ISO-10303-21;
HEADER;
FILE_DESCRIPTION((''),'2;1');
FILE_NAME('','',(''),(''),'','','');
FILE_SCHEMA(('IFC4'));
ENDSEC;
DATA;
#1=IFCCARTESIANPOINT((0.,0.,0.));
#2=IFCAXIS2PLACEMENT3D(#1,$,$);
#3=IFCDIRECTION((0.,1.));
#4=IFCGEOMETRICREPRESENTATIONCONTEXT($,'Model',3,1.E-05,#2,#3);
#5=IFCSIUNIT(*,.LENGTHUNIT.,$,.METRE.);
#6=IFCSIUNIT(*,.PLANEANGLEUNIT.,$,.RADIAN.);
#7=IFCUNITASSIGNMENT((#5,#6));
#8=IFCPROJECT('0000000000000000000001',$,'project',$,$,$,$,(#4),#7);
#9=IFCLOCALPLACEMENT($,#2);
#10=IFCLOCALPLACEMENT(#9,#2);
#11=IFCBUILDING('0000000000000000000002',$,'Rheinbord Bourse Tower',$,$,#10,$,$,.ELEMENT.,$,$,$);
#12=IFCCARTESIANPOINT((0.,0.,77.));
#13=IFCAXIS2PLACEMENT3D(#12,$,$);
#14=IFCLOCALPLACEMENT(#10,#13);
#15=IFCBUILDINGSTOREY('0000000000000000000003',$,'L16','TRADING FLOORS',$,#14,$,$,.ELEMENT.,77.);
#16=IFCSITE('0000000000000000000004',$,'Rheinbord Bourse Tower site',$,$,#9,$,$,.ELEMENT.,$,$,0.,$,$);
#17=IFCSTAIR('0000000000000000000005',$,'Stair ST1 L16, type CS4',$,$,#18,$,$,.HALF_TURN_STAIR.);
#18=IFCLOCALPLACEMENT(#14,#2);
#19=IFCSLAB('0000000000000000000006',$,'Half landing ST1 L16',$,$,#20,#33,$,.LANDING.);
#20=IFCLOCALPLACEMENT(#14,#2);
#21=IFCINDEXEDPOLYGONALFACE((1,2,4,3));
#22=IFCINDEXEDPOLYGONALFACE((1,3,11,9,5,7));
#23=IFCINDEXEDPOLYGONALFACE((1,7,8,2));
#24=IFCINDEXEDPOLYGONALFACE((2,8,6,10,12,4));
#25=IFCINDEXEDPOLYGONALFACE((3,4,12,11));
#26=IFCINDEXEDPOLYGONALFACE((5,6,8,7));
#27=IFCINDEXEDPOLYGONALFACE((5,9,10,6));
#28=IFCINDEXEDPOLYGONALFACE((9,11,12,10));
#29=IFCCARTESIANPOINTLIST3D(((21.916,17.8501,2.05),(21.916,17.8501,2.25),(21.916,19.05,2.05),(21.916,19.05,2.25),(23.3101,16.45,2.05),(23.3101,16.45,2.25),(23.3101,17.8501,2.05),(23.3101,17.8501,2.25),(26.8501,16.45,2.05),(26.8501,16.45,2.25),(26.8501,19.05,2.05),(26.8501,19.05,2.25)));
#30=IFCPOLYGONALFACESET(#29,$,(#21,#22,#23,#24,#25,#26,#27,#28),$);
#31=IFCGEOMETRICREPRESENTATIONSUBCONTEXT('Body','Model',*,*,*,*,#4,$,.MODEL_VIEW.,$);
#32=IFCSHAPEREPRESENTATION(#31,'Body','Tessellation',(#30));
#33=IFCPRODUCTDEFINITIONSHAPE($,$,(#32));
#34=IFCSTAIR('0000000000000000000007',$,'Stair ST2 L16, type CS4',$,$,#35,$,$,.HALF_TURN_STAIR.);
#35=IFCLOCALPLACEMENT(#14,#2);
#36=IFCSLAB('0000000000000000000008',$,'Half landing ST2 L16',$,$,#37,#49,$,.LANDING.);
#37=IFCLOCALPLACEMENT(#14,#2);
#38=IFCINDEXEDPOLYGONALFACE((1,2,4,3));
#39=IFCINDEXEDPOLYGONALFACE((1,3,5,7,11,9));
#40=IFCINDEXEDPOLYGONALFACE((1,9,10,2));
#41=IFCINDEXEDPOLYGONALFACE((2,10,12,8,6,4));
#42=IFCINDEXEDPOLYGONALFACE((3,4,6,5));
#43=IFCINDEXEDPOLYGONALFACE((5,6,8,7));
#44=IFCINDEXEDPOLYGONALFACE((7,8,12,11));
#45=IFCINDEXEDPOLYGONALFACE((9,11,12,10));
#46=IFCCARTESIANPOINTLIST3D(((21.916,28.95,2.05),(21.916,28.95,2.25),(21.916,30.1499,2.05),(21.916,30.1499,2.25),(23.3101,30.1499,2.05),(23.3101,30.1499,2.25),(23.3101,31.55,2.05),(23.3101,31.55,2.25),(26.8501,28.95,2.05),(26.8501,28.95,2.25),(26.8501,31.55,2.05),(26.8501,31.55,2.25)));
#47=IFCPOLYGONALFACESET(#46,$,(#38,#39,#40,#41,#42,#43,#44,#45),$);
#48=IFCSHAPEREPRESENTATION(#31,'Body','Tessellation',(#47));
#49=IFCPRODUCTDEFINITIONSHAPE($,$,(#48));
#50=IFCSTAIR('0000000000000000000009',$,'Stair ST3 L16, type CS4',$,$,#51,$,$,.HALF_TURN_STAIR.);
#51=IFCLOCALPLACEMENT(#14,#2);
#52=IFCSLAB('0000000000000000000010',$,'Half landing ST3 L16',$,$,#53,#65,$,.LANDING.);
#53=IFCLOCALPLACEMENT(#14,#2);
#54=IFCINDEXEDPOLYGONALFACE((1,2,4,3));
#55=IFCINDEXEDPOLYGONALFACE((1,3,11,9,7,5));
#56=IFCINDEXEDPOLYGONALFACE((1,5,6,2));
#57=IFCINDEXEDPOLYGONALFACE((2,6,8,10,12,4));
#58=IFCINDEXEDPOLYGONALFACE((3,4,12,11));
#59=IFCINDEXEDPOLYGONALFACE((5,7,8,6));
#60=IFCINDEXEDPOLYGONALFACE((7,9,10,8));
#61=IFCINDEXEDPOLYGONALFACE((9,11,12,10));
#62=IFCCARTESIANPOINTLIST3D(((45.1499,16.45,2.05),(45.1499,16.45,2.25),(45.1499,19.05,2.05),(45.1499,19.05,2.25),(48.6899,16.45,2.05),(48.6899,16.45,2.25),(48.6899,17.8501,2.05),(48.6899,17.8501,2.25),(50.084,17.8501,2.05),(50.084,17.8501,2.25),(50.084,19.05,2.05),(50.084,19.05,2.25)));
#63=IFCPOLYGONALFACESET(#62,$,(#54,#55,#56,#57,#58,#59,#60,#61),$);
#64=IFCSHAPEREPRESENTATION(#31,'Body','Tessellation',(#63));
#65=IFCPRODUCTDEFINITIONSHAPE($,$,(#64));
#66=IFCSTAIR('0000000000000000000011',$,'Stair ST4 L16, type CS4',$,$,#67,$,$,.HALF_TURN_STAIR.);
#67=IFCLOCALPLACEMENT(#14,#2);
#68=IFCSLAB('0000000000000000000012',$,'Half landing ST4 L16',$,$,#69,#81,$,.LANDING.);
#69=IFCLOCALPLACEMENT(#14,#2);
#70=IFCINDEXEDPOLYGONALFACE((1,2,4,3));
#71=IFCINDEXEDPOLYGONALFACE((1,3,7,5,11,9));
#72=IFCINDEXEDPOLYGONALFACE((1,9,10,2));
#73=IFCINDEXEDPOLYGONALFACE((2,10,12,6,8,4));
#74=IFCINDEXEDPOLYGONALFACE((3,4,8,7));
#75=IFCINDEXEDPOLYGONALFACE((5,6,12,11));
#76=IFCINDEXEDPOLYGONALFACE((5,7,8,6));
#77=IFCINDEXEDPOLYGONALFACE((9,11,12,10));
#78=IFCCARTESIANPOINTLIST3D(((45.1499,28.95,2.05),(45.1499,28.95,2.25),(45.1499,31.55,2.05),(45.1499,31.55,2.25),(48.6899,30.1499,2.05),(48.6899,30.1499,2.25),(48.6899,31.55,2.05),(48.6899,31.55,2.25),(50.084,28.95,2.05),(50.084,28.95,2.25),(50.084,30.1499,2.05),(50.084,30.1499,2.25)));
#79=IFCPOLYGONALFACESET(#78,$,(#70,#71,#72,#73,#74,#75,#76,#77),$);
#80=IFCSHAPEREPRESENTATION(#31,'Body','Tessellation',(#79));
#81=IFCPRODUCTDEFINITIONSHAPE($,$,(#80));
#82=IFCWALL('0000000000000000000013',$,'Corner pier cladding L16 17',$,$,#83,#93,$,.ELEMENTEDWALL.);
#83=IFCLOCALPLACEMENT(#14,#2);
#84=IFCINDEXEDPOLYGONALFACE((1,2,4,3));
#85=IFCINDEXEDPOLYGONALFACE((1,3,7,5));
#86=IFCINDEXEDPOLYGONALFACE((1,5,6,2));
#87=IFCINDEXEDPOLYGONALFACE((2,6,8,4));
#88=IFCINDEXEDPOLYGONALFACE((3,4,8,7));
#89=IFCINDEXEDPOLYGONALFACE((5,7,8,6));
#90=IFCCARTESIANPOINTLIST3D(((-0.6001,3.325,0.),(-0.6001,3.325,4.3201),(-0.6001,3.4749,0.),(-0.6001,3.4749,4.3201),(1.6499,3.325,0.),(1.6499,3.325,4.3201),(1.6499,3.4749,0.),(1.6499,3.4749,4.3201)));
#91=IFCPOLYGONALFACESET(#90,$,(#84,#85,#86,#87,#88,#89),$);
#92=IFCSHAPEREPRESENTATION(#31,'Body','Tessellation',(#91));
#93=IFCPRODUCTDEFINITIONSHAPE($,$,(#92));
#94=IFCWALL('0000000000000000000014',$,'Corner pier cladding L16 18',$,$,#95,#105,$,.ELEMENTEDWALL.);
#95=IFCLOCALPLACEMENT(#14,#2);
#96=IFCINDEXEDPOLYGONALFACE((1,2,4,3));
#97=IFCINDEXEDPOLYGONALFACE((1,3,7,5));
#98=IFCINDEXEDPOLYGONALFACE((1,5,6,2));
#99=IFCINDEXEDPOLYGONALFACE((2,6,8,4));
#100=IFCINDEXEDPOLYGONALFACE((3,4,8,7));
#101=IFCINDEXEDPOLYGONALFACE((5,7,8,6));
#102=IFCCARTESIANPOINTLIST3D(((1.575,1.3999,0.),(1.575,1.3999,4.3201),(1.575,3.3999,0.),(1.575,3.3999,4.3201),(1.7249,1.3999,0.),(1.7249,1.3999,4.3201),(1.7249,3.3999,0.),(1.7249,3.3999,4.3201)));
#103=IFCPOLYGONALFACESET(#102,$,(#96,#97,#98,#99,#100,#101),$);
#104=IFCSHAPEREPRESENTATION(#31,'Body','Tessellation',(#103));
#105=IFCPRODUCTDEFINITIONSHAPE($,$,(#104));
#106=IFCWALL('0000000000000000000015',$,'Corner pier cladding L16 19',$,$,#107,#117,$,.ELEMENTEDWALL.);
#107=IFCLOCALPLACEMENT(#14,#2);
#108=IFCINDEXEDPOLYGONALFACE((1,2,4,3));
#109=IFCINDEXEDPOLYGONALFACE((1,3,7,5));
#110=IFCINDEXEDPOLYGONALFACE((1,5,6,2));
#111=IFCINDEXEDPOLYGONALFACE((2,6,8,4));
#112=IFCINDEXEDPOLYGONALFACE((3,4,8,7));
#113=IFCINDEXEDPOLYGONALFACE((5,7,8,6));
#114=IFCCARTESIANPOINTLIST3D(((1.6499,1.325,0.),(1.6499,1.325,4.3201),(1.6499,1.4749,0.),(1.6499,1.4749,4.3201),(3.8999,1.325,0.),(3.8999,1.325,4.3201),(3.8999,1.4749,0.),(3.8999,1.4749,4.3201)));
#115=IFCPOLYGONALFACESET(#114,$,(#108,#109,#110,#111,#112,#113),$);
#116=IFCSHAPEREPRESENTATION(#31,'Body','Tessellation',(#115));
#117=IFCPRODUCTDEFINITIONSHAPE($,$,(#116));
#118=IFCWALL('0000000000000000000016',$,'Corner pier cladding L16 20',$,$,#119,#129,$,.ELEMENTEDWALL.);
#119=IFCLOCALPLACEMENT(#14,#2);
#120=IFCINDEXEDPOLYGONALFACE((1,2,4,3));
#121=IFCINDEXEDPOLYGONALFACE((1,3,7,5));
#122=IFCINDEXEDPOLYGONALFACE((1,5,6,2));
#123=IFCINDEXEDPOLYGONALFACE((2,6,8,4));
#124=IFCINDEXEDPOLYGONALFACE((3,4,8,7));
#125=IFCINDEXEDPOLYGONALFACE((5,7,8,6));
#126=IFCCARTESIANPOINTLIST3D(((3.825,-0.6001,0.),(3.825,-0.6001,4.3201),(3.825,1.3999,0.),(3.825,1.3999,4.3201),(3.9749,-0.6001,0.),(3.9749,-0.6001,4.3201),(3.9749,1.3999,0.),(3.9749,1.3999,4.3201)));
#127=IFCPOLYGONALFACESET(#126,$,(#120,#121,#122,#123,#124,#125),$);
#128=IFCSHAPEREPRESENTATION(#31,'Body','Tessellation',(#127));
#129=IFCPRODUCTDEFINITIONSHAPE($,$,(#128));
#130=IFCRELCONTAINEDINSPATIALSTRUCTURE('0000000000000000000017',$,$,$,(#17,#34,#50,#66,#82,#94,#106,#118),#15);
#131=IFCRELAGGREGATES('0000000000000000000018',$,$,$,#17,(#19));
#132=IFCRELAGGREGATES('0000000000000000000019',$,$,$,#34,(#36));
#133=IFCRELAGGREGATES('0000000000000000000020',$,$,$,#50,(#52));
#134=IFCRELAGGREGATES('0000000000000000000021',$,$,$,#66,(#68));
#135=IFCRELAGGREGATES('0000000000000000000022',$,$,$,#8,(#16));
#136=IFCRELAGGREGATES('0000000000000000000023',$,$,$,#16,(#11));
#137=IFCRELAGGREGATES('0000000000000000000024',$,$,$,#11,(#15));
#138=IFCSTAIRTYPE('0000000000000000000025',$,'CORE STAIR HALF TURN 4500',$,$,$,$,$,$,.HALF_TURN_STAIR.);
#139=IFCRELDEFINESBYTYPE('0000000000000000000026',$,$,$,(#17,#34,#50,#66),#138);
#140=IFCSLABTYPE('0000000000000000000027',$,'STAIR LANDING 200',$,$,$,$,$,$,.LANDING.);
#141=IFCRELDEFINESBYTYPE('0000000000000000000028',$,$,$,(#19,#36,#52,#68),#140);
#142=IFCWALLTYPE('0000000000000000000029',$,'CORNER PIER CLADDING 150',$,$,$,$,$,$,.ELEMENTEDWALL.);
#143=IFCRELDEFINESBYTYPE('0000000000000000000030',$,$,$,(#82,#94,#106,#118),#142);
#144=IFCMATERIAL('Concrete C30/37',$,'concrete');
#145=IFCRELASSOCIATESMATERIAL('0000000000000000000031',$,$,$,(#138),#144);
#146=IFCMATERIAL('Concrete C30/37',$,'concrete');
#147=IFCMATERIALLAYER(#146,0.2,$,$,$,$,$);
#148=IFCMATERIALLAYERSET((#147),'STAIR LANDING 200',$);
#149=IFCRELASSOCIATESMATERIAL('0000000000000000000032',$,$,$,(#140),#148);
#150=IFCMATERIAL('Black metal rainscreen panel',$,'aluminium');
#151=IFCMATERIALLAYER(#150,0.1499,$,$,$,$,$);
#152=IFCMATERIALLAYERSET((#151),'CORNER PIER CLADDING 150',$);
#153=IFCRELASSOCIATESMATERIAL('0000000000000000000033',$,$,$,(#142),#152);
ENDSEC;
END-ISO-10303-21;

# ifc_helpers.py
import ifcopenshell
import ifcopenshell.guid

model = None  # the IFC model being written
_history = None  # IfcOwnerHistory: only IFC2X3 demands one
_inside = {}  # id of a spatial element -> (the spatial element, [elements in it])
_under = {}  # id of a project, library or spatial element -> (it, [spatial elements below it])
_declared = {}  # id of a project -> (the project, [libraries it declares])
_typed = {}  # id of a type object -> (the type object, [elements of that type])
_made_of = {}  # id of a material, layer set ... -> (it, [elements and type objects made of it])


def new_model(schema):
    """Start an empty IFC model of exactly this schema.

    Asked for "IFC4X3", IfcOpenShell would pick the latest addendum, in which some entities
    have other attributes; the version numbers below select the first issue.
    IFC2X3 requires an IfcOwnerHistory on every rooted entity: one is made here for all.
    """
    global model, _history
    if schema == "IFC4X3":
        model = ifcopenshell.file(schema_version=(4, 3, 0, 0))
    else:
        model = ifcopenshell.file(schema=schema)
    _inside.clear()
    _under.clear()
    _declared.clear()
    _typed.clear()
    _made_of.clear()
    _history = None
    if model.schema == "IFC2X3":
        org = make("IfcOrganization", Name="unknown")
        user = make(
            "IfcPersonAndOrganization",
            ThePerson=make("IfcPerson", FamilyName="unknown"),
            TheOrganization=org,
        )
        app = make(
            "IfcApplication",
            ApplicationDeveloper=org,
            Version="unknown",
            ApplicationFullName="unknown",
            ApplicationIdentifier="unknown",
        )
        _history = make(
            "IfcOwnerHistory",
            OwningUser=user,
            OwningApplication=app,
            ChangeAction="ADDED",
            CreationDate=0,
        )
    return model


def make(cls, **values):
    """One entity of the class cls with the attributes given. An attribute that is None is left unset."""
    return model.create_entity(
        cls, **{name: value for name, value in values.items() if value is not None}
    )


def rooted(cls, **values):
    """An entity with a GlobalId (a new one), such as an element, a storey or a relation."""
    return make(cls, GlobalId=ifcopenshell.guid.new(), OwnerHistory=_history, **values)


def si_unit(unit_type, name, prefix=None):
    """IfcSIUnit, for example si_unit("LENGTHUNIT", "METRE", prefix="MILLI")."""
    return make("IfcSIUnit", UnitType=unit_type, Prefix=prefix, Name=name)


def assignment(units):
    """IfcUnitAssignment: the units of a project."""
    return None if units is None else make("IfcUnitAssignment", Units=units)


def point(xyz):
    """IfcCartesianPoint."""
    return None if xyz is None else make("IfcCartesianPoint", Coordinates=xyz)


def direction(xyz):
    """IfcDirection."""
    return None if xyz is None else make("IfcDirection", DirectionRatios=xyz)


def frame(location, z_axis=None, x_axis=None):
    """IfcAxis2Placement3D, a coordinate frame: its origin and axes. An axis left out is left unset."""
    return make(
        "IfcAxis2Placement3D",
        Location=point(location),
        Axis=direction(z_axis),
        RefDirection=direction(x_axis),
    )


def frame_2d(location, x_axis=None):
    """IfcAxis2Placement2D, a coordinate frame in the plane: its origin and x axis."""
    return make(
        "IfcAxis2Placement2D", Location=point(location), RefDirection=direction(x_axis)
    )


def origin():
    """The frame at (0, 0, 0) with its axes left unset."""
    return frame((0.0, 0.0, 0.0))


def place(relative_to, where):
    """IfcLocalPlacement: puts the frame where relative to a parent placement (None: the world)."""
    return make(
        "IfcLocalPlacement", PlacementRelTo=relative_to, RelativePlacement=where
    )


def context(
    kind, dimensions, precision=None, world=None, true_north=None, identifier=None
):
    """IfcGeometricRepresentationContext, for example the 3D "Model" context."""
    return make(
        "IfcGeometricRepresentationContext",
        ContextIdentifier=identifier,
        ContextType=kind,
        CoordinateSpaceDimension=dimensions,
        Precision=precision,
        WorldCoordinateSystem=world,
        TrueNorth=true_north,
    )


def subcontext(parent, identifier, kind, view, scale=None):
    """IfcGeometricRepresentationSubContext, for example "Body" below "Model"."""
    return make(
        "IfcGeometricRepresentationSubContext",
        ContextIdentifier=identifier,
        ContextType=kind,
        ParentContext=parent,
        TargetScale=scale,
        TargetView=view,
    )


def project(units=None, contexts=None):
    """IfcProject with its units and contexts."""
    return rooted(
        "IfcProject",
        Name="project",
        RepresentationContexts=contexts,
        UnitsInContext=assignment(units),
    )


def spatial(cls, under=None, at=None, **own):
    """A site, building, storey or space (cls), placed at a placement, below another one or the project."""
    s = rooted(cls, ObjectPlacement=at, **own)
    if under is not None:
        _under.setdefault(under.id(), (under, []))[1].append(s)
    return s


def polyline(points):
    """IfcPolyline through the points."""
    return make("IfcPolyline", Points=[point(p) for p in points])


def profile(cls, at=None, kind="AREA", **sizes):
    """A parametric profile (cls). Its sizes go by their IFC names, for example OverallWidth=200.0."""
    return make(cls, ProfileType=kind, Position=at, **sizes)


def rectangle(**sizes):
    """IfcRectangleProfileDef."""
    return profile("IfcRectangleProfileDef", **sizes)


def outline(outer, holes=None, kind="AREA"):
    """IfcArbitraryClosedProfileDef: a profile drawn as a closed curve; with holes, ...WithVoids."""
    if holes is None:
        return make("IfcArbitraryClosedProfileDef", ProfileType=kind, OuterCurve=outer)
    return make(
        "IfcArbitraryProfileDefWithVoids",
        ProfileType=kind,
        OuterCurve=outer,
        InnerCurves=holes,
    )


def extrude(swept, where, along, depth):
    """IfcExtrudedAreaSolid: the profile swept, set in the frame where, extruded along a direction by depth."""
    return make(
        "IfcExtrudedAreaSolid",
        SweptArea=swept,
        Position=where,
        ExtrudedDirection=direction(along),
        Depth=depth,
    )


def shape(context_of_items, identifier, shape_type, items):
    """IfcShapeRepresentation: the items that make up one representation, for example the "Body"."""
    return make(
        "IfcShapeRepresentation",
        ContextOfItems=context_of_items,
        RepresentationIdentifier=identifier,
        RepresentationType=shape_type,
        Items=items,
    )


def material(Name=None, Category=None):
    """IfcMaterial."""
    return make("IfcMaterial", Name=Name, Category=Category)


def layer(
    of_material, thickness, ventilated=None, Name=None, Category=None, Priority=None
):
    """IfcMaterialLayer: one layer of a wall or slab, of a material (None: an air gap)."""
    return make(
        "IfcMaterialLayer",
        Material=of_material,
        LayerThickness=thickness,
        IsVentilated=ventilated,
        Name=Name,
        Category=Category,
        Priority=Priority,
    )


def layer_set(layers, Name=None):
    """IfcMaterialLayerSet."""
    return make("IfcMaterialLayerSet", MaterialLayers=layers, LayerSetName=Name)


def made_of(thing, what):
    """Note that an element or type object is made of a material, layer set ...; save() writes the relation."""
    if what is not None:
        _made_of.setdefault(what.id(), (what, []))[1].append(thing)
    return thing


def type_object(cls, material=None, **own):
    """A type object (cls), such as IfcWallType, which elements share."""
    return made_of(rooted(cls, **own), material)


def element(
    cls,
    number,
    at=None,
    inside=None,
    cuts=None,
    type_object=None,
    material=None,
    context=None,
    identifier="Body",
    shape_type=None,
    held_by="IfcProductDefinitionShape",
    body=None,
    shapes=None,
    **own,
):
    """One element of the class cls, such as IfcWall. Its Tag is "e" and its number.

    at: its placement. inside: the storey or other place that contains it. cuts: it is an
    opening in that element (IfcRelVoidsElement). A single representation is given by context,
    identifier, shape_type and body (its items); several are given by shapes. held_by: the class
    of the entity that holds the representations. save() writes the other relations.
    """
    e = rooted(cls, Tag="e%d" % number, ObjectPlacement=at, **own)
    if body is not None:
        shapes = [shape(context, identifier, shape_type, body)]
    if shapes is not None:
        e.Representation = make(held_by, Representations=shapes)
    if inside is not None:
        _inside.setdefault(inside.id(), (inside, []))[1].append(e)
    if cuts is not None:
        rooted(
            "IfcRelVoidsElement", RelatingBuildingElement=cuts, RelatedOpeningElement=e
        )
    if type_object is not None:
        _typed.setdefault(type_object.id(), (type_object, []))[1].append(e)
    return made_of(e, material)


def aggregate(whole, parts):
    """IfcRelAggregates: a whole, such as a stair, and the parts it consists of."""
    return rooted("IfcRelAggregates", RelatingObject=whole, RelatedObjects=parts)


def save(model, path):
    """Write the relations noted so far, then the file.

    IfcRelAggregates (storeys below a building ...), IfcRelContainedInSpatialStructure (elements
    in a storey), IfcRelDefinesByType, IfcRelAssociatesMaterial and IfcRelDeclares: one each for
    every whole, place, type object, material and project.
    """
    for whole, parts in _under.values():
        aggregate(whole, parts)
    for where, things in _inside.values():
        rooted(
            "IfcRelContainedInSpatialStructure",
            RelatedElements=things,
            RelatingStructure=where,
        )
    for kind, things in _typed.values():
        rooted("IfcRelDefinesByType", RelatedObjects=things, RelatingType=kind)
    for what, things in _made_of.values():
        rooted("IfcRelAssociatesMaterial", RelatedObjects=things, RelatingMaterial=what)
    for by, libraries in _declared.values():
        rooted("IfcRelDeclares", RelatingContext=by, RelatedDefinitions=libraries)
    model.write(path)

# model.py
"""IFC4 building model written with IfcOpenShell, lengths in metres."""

from ifc_helpers import new_model, si_unit, direction, frame, frame_2d, origin, place, context, subcontext, project, spatial, polyline, rectangle, outline, extrude, material, layer, layer_set, type_object, element, aggregate, save


model = new_model("IFC4")

# Units and contexts
model_context = context("Model", 3, precision=1e-05, world=origin(), true_north=direction((0.0, 1.0)))
body_context = subcontext(model_context, "Body", "Model", "MODEL_VIEW")
ifc_project = project(units=[si_unit("LENGTHUNIT", "METRE"), si_unit("PLANEANGLEUNIT", "RADIAN")], contexts=[model_context])

# Site, building, storey
site_placement = place(None, origin())
site = spatial("IfcSite", under=ifc_project, at=site_placement, Name="Rheinbord Bourse Tower site", CompositionType="ELEMENT", RefElevation=0.0)
building_placement = place(site_placement, origin())
building = spatial("IfcBuilding", under=site, at=building_placement, Name="Rheinbord Bourse Tower", CompositionType="ELEMENT")
storey_placement = place(building_placement, frame((0.0, 0.0, 77.0)))
storey = spatial("IfcBuildingStorey", under=building, at=storey_placement, Name="L16", Description="TRADING FLOORS", CompositionType="ELEMENT", Elevation=77.0)

# Stairs, slabs
ifc_material_1 = material(Name="Concrete C30/37", Category="concrete")
stair_type = type_object("IfcStairType", Name="CORE STAIR HALF TURN 4500", PredefinedType="HALF_TURN_STAIR", material=ifc_material_1)
stair_1_placement = place(storey_placement, origin())
stair_1 = element("IfcStair", 1, at=stair_1_placement, inside=storey, type_object=stair_type, Name="Stair ST1 L16, type CS4", PredefinedType="HALF_TURN_STAIR")
ifc_material_2 = material(Name="Concrete C30/37", Category="concrete")
ifc_layer_1 = layer(ifc_material_2, 0.2)
ifc_layer_set_1 = layer_set([ifc_layer_1], Name="STAIR LANDING 200")
slab_type_1 = type_object("IfcSlabType", Name="STAIR LANDING 200", PredefinedType="LANDING", material=ifc_layer_set_1)
slab_1_placement = place(storey_placement, frame((0.0, 0.0, 2.05)))
slab_1 = element("IfcSlab", 2, at=slab_1_placement, type_object=slab_type_1, Name="Half landing ST1 L16", PredefinedType="LANDING", context=body_context, shape_type="SweptSolid", body=[
    extrude(outline(polyline([(23.3101, 16.45), (26.8501, 16.45), (26.8501, 19.05), (21.916, 19.05), (21.916, 17.8501), (23.3101, 17.8501), (23.3101, 16.45)])), origin(), (0.0, 0.0, 1.0), 0.2),
])
aggregate(stair_1, [slab_1])
stair_2_placement = place(storey_placement, origin())
stair_2 = element("IfcStair", 3, at=stair_2_placement, inside=storey, type_object=stair_type, Name="Stair ST2 L16, type CS4", PredefinedType="HALF_TURN_STAIR")
slab_2_placement = place(storey_placement, frame((0.0, 0.0, 2.05)))
slab_2 = element("IfcSlab", 4, at=slab_2_placement, type_object=slab_type_1, Name="Half landing ST2 L16", PredefinedType="LANDING", context=body_context, shape_type="SweptSolid", body=[
    extrude(outline(polyline([(21.916, 28.95), (26.8501, 28.95), (26.8501, 31.55), (23.3101, 31.55), (23.3101, 30.1499), (21.916, 30.1499), (21.916, 28.95)])), origin(), (0.0, 0.0, 1.0), 0.2),
])
aggregate(stair_2, [slab_2])
stair_3_placement = place(storey_placement, origin())
stair_3 = element("IfcStair", 5, at=stair_3_placement, inside=storey, type_object=stair_type, Name="Stair ST3 L16, type CS4", PredefinedType="HALF_TURN_STAIR")
slab_3_placement = place(storey_placement, frame((0.0, 0.0, 2.05)))
slab_3 = element("IfcSlab", 6, at=slab_3_placement, type_object=slab_type_1, Name="Half landing ST3 L16", PredefinedType="LANDING", context=body_context, shape_type="SweptSolid", body=[
    extrude(outline(polyline([(45.1499, 16.45), (48.6899, 16.45), (48.6899, 17.8501), (50.084, 17.8501), (50.084, 19.05), (45.1499, 19.05), (45.1499, 16.45)])), origin(), (0.0, 0.0, 1.0), 0.2),
])
aggregate(stair_3, [slab_3])
stair_4_placement = place(storey_placement, origin())
stair_4 = element("IfcStair", 7, at=stair_4_placement, inside=storey, type_object=stair_type, Name="Stair ST4 L16, type CS4", PredefinedType="HALF_TURN_STAIR")
slab_4_placement = place(storey_placement, frame((0.0, 0.0, 2.05)))
slab_4 = element("IfcSlab", 8, at=slab_4_placement, type_object=slab_type_1, Name="Half landing ST4 L16", PredefinedType="LANDING", context=body_context, shape_type="SweptSolid", body=[
    extrude(outline(polyline([(45.1499, 28.95), (50.084, 28.95), (50.084, 30.1499), (48.6899, 30.1499), (48.6899, 31.55), (45.1499, 31.55), (45.1499, 28.95)])), origin(), (0.0, 0.0, 1.0), 0.2),
])
aggregate(stair_4, [slab_4])

# Walls
ifc_material_3 = material(Name="Black metal rainscreen panel", Category="aluminium")
ifc_layer_2 = layer(ifc_material_3, 0.1499)
ifc_layer_set_2 = layer_set([ifc_layer_2], Name="CORNER PIER CLADDING 150")
wall_type = type_object("IfcWallType", Name="CORNER PIER CLADDING 150", PredefinedType="ELEMENTEDWALL", material=ifc_layer_set_2)
wall_1_placement = place(storey_placement, frame((-0.6001, 3.3999, 0.0), z_axis=(0.0, 0.0, 1.0), x_axis=(1.0, 0.0, 0.0)))
element("IfcWall", 9, at=wall_1_placement, inside=storey, type_object=wall_type, Name="Corner pier cladding L16 17", PredefinedType="ELEMENTEDWALL", context=body_context, shape_type="SweptSolid", body=[
    extrude(rectangle(XDim=2.25, YDim=0.1499, at=frame_2d((1.125, 0.0))), origin(), (0.0, 0.0, 1.0), 4.3201),
])
wall_2_placement = place(storey_placement, frame((1.6499, 3.3999, 0.0), z_axis=(0.0, 0.0, 1.0), x_axis=(0.0, -1.0, 0.0)))
element("IfcWall", 10, at=wall_2_placement, inside=storey, type_object=wall_type, Name="Corner pier cladding L16 18", PredefinedType="ELEMENTEDWALL", context=body_context, shape_type="SweptSolid", body=[
    extrude(rectangle(XDim=2.0, YDim=0.1499, at=frame_2d((1.0, 0.0))), origin(), (0.0, 0.0, 1.0), 4.3201),
])
wall_3_placement = place(storey_placement, frame((1.6499, 1.3999, 0.0), z_axis=(0.0, 0.0, 1.0), x_axis=(1.0, 0.0, 0.0)))
element("IfcWall", 11, at=wall_3_placement, inside=storey, type_object=wall_type, Name="Corner pier cladding L16 19", PredefinedType="ELEMENTEDWALL", context=body_context, shape_type="SweptSolid", body=[
    extrude(rectangle(XDim=2.25, YDim=0.1499, at=frame_2d((1.125, 0.0))), origin(), (0.0, 0.0, 1.0), 4.3201),
])
wall_4_placement = place(storey_placement, frame((3.8999, 1.3999, 0.0), z_axis=(0.0, 0.0, 1.0), x_axis=(0.0, -1.0, 0.0)))
element("IfcWall", 12, at=wall_4_placement, inside=storey, type_object=wall_type, Name="Corner pier cladding L16 20", PredefinedType="ELEMENTEDWALL", context=body_context, shape_type="SweptSolid", body=[
    extrude(rectangle(XDim=2.0, YDim=0.1499, at=frame_2d((1.0, 0.0))), origin(), (0.0, 0.0, 1.0), 4.3201),
])

save(model, "model.ifc")
